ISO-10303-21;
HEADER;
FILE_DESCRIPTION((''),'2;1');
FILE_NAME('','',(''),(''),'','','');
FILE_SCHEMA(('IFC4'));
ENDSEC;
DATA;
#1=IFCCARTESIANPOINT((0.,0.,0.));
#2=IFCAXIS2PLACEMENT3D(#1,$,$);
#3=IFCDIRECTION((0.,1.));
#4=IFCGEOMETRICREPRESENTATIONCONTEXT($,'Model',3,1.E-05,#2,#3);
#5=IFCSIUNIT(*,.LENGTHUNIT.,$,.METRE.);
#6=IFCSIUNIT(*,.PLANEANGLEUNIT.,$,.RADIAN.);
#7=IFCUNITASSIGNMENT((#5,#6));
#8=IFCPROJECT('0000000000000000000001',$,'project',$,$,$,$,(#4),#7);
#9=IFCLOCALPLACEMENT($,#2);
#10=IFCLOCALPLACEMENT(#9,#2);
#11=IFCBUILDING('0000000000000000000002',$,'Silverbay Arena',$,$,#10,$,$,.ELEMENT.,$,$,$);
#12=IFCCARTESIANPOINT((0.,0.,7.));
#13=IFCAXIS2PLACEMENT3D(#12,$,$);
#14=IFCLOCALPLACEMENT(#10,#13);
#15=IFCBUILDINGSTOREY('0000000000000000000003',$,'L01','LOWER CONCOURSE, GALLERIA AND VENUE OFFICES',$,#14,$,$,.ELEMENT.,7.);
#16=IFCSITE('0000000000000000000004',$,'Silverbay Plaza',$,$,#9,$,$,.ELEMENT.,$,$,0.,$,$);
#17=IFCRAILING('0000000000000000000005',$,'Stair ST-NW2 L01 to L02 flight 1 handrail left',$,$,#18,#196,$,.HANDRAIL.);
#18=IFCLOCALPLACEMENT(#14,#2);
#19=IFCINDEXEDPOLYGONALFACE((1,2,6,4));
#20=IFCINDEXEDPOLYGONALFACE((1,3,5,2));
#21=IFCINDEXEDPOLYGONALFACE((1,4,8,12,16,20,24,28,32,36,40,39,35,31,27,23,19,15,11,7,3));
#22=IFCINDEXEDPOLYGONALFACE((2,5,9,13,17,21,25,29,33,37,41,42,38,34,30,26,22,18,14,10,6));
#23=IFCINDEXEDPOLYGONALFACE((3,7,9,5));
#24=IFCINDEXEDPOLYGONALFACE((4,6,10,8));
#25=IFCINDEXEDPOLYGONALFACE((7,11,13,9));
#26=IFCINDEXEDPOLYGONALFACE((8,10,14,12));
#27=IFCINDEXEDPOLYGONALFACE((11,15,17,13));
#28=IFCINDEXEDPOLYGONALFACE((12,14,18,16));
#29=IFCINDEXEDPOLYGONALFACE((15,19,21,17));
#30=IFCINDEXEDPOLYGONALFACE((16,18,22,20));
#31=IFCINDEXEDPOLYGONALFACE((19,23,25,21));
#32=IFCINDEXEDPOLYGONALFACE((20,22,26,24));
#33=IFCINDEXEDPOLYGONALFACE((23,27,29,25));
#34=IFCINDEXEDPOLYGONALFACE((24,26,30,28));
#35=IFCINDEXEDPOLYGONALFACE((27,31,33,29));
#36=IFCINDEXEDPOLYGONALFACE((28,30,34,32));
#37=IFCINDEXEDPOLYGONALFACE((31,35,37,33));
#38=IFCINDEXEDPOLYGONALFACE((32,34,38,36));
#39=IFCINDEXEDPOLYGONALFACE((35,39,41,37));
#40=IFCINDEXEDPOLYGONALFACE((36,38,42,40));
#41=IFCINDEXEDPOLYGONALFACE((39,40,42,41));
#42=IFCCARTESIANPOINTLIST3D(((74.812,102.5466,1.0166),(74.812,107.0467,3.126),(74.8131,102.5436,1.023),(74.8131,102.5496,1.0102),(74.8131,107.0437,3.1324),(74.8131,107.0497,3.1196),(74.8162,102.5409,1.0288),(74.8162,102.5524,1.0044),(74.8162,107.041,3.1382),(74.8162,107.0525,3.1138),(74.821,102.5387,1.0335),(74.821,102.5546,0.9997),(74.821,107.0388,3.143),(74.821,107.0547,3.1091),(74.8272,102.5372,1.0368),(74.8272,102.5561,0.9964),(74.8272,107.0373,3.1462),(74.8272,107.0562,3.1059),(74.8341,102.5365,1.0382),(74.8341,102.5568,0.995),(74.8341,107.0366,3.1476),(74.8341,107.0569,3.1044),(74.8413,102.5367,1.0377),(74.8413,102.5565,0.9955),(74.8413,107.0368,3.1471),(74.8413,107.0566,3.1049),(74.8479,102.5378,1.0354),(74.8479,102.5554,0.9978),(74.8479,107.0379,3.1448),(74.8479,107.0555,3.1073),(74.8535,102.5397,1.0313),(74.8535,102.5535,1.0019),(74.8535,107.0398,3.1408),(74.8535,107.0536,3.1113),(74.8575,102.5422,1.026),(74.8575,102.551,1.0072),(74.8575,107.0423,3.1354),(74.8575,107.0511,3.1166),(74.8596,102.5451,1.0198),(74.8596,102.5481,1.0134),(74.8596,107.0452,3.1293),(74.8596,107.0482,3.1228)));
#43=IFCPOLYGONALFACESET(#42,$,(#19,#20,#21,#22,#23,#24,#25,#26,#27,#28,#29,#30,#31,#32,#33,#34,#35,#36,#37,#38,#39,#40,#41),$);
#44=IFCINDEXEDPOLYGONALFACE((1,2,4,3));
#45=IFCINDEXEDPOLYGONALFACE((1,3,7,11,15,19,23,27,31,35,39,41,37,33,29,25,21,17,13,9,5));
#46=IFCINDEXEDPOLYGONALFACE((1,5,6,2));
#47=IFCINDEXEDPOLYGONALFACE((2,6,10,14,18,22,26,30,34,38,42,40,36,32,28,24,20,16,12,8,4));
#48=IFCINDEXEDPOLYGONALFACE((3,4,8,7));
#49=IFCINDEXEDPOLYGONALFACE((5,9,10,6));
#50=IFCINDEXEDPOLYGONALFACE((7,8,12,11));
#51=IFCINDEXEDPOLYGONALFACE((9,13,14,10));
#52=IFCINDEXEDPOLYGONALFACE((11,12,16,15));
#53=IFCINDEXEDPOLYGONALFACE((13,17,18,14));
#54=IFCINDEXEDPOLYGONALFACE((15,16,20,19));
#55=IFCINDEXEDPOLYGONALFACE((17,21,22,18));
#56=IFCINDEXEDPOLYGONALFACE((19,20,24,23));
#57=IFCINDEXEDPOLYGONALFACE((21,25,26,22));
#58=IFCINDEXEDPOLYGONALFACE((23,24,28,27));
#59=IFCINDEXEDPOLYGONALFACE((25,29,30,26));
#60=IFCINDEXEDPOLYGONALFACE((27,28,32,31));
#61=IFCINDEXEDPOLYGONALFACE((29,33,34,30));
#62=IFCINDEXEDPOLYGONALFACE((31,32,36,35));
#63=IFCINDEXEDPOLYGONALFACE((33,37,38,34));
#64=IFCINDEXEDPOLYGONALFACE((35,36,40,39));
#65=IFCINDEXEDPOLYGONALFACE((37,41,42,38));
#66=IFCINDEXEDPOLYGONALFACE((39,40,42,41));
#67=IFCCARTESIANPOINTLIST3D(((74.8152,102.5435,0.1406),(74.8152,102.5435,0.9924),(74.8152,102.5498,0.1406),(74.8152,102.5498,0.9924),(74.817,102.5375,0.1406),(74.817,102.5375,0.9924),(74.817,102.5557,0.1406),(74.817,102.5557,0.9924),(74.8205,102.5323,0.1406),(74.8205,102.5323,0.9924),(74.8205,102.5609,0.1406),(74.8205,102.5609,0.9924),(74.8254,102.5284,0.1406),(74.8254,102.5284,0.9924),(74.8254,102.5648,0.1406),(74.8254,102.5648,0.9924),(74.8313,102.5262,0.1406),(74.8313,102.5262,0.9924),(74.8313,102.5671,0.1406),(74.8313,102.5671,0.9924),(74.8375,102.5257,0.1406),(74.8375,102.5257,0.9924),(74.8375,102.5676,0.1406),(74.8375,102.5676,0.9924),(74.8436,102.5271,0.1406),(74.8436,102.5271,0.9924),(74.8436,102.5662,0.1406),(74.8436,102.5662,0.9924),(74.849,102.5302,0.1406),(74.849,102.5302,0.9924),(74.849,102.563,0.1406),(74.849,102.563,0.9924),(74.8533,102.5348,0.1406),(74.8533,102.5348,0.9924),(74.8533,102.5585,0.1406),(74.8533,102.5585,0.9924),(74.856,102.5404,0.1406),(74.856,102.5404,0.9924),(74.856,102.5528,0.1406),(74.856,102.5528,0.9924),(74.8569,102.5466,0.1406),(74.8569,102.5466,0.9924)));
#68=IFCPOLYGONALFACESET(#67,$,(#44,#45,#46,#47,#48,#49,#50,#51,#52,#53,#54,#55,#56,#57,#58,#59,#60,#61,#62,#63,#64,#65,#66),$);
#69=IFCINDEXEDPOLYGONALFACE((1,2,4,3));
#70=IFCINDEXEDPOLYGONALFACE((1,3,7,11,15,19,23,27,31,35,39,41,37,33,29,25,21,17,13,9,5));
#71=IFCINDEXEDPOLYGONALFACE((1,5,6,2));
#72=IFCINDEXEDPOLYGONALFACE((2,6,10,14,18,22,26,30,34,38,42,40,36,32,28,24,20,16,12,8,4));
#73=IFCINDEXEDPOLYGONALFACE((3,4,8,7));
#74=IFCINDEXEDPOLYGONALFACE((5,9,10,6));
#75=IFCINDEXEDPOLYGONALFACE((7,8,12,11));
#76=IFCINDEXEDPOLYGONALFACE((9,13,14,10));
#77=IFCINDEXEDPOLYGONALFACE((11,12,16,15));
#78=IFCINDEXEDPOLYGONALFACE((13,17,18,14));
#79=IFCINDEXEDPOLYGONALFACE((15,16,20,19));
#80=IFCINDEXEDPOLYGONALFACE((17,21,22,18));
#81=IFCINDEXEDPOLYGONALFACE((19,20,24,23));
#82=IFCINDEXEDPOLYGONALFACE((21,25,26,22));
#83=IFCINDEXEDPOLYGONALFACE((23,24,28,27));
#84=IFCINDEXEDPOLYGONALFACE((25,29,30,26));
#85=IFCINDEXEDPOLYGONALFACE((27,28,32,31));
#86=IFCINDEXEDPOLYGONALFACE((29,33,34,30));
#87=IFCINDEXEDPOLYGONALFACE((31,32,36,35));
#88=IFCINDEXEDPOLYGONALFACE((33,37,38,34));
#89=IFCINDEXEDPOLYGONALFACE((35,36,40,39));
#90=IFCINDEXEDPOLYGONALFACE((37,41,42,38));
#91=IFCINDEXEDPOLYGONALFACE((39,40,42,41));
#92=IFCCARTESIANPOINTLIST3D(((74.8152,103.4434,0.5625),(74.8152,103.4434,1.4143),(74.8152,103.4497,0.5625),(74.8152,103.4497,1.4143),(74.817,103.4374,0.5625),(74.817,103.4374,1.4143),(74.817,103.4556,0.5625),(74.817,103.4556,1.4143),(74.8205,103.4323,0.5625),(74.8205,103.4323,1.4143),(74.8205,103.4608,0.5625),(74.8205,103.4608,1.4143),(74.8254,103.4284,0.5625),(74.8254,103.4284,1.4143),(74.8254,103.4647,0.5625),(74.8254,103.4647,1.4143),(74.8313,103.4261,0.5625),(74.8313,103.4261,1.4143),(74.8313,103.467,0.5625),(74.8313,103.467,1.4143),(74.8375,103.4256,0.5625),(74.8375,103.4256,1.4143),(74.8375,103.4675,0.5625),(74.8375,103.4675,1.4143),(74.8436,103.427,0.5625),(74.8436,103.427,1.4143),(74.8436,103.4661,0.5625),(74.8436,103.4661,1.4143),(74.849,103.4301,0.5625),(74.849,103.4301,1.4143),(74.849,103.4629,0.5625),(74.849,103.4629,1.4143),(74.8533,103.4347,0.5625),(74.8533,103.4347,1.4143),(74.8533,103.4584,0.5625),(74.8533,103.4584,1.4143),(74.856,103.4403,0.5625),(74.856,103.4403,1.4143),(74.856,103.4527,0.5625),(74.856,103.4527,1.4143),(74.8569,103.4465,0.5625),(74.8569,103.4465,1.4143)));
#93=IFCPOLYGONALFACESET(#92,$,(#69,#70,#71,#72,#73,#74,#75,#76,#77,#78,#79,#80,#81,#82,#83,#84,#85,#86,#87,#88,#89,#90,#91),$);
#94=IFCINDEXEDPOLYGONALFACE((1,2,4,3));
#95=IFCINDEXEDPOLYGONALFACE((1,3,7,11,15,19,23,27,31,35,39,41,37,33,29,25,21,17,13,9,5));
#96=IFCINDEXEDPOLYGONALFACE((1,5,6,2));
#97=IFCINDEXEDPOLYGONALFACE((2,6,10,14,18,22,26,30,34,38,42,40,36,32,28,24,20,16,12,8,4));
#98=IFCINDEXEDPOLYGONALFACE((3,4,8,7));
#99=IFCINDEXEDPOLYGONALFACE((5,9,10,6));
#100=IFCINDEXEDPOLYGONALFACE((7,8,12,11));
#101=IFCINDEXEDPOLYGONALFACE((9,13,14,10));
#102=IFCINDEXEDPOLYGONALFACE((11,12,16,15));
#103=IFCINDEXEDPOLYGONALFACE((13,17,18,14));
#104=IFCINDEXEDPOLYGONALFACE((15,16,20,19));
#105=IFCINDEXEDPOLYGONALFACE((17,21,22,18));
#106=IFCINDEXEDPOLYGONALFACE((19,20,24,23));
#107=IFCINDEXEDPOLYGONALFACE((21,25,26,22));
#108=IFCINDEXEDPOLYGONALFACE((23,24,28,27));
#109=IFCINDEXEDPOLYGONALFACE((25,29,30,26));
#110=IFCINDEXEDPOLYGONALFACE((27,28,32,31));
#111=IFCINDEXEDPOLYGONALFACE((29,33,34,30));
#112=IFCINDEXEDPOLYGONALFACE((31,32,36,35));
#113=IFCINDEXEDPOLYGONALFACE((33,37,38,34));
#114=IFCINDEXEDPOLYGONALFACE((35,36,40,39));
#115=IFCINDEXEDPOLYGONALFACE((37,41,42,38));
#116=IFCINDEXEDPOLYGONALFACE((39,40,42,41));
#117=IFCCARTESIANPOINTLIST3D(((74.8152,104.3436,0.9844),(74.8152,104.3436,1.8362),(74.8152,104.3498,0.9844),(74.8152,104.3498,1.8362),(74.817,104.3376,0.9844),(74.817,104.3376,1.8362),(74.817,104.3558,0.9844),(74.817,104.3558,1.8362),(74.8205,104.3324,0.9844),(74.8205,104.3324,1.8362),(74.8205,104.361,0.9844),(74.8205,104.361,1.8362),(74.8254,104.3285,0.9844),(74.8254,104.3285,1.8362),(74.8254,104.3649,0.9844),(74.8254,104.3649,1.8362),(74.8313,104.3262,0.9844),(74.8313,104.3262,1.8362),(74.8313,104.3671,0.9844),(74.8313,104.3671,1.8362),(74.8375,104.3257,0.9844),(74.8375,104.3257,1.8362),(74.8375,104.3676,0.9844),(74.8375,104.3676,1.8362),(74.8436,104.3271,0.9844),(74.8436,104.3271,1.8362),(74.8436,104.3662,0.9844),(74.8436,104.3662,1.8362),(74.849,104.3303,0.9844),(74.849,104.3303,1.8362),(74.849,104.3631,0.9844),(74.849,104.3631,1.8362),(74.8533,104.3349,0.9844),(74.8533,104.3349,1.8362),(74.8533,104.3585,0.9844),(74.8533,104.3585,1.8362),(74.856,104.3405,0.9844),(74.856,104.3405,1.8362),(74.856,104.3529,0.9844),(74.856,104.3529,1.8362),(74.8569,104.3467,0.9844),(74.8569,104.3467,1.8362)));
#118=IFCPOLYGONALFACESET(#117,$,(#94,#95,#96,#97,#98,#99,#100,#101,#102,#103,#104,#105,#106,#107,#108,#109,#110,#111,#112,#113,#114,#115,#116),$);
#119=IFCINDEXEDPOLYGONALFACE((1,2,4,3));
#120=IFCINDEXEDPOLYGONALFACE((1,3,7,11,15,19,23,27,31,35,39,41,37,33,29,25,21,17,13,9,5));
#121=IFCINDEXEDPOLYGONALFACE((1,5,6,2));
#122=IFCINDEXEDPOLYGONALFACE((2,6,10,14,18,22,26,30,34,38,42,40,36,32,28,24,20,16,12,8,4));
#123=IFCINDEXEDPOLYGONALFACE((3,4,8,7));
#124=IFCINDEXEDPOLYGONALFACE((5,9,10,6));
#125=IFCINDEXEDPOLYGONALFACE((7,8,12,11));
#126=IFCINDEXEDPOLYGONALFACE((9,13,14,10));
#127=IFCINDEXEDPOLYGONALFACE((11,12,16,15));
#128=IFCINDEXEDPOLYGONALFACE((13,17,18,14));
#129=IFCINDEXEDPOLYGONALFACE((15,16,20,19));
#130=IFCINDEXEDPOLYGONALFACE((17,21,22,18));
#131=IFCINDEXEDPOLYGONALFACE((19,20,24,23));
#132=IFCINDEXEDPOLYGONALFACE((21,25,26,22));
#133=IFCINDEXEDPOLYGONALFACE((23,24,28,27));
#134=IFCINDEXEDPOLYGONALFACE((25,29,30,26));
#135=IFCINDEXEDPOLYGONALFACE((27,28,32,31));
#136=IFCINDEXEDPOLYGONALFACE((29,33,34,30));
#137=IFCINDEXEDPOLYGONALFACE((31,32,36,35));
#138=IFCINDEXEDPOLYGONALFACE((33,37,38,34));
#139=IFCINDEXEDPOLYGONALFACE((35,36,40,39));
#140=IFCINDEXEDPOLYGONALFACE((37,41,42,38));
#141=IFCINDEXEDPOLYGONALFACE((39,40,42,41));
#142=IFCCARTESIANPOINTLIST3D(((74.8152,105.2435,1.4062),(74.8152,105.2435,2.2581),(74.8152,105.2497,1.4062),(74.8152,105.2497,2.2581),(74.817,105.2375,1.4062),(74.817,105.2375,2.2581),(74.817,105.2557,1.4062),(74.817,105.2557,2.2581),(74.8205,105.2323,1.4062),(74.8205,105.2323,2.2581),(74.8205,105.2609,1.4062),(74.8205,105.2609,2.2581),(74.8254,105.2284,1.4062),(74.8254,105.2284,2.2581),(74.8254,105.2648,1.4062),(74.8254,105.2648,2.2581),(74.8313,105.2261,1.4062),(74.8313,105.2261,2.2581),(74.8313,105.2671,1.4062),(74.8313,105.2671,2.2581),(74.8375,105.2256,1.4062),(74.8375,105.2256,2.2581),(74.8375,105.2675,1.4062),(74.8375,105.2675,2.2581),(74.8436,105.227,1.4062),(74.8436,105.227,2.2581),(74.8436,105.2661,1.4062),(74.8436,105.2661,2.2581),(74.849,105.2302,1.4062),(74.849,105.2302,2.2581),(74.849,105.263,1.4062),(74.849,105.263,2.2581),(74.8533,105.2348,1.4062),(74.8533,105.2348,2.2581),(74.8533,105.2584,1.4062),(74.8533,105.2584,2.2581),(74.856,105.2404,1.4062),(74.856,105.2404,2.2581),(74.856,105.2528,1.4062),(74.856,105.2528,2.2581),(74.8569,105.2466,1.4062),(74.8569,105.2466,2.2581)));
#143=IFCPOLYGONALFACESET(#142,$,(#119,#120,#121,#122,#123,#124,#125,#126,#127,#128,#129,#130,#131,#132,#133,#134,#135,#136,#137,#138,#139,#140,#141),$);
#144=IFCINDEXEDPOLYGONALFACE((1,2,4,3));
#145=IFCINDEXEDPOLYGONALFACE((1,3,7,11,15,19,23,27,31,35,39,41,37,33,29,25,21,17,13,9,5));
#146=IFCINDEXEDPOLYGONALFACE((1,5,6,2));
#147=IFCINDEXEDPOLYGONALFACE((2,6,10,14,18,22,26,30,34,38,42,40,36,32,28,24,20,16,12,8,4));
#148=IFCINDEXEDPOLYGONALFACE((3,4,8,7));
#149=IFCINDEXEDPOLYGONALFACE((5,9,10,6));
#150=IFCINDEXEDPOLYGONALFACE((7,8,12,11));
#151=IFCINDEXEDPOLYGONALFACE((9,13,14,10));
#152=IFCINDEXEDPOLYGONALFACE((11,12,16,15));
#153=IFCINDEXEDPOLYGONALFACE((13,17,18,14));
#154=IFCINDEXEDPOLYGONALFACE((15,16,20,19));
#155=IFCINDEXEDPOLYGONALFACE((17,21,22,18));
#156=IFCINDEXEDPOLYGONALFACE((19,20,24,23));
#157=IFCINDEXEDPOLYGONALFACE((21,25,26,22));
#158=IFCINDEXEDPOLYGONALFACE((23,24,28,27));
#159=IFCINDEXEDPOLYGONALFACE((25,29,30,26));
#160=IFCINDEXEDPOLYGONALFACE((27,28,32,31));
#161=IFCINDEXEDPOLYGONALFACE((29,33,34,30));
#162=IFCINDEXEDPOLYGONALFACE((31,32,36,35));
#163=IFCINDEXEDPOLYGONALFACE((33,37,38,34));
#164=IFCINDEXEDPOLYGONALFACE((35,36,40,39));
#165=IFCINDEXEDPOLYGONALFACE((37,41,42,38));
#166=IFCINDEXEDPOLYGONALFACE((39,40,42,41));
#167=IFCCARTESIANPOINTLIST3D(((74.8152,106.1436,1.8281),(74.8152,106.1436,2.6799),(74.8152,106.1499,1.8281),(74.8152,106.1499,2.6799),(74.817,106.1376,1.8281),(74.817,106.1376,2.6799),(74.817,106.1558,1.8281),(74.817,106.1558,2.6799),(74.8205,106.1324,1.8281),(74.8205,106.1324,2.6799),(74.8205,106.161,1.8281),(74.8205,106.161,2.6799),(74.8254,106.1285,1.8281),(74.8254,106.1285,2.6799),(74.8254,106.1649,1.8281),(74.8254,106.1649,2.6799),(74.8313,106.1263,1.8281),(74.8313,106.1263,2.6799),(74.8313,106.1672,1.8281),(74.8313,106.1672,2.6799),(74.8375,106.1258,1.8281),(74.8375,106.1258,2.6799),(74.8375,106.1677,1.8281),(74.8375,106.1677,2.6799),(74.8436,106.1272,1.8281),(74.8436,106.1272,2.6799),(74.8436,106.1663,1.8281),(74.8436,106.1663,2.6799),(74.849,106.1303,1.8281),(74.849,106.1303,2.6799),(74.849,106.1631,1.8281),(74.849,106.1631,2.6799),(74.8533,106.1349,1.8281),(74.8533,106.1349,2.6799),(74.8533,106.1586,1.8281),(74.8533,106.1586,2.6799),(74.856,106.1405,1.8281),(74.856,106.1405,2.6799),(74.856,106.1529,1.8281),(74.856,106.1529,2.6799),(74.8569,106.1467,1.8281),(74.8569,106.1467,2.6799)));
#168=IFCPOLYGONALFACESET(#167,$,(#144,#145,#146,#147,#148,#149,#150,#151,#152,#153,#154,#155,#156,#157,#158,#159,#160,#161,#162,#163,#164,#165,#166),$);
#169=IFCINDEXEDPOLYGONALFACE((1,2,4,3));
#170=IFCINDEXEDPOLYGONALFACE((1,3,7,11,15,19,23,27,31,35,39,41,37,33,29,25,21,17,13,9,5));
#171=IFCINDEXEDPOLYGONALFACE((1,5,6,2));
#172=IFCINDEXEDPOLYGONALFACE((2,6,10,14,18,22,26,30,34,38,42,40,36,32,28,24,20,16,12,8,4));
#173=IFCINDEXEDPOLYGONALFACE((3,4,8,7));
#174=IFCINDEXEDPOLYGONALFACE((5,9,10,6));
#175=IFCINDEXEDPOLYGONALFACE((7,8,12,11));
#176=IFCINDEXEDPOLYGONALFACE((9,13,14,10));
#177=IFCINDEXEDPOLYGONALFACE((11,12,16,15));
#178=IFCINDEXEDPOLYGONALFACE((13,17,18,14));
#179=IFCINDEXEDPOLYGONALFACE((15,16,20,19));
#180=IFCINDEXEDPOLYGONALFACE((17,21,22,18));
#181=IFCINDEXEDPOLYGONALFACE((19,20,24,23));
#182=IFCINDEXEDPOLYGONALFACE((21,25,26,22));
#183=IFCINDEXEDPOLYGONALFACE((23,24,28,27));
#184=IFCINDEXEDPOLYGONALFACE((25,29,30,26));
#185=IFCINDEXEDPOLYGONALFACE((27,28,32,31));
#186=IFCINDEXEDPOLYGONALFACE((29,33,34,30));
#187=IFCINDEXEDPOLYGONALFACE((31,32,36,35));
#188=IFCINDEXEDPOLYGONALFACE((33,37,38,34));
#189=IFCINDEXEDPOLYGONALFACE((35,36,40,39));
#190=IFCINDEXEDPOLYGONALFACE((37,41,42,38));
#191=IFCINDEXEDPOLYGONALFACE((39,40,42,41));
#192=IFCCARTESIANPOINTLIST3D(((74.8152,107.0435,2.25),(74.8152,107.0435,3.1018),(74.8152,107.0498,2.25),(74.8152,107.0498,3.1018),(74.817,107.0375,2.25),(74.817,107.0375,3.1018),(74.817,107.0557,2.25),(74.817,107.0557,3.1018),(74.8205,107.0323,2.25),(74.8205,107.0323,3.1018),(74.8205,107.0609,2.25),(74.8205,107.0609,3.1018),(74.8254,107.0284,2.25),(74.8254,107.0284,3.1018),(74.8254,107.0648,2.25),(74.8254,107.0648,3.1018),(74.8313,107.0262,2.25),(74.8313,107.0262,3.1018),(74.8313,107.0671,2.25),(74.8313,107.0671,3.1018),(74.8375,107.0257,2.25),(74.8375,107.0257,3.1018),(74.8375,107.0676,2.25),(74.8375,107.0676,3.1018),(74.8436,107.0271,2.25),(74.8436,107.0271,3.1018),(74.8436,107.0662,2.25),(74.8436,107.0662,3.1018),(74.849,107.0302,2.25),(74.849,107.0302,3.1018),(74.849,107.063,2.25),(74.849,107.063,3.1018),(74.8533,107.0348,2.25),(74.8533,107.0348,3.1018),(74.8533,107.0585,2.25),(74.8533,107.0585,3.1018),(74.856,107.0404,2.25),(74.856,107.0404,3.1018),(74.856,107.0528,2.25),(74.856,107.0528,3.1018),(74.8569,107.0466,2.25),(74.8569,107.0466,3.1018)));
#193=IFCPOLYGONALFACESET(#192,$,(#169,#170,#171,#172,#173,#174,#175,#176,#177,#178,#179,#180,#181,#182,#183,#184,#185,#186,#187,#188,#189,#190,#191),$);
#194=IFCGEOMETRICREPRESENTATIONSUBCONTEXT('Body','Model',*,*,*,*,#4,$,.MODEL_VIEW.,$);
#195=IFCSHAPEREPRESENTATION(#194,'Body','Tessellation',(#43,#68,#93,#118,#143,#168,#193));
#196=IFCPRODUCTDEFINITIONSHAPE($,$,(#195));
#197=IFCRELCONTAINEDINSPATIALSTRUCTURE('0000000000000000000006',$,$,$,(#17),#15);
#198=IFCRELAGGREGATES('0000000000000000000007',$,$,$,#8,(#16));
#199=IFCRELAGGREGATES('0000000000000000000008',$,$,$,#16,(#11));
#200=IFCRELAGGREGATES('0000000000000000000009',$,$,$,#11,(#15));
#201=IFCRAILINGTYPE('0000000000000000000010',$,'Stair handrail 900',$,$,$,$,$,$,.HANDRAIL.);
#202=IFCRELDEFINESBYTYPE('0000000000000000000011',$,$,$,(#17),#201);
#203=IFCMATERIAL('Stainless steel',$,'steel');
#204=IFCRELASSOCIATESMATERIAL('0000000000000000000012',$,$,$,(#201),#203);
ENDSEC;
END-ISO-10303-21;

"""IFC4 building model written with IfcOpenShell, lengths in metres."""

from ifc_helpers import new_model, si_unit, direction, frame, origin, origin_2d, place, context, subcontext, project, spatial, circle, extrude, material, type_object, element, save


model = new_model("IFC4")

# Units and contexts
model_context = context("Model", 3, precision=1e-05, world=origin(), true_north=direction((0.0, 1.0)))
body_context = subcontext(model_context, "Body", "Model", "MODEL_VIEW")
ifc_project = project(units=[si_unit("LENGTHUNIT", "METRE"), si_unit("PLANEANGLEUNIT", "RADIAN")], contexts=[model_context])

# Site, building, storey
site_placement = place(None, origin())
site = spatial("IfcSite", under=ifc_project, at=site_placement, Name="Silverbay Plaza", CompositionType="ELEMENT", RefElevation=0.0)
building_placement = place(site_placement, origin())
building = spatial("IfcBuilding", under=site, at=building_placement, Name="Silverbay Arena", CompositionType="ELEMENT")
storey_placement = place(building_placement, frame((0.0, 0.0, 7.0)))
storey = spatial("IfcBuildingStorey", under=building, at=storey_placement, Name="L01", Description="LOWER CONCOURSE, GALLERIA AND VENUE OFFICES", CompositionType="ELEMENT", Elevation=7.0)

# Railing
ifc_material_1 = material(Name="Stainless steel", Category="steel")
railing_type_1 = type_object("IfcRailingType", Name="Stair handrail 900", PredefinedType="HANDRAIL", material=ifc_material_1)
for number, where, name in (
    (1, (74.8359, 102.5466, 0.1406), "Stair ST-NW2 L01 to L02 flight 1 handrail left"),
):
    element("IfcRailing", number, at=place(storey_placement, frame(where)), inside=storey, type_object=railing_type_1, Name=name, PredefinedType="HANDRAIL", context=body_context, shape_type="SweptSolid", body=[
        extrude(circle(Radius=0.0239, at=origin_2d()), frame((0.0, 0.0, 0.876), z_axis=(0.0, 0.905459, 0.424434), x_axis=(-1.0, 0.0, 0.0)), (0.0, 0.0, 1.0), 4.97),
        extrude(circle(Radius=0.021, at=origin_2d()), origin(), (0.0, 0.0, 1.0), 0.8518),
        extrude(circle(Radius=0.021, at=origin_2d()), frame((0.0, 0.8999, 0.4219)), (0.0, 0.0, 1.0), 0.8518),
        extrude(circle(Radius=0.021, at=origin_2d()), frame((0.0, 1.8, 0.8438)), (0.0, 0.0, 1.0), 0.8518),
        extrude(circle(Radius=0.021, at=origin_2d()), frame((0.0, 2.7, 1.2656)), (0.0, 0.0, 1.0), 0.8518),
        extrude(circle(Radius=0.021, at=origin_2d()), frame((0.0, 3.6001, 1.6875)), (0.0, 0.0, 1.0), 0.8518),
        extrude(circle(Radius=0.021, at=origin_2d()), frame((0.0, 4.5, 2.1094)), (0.0, 0.0, 1.0), 0.8518),
    ])

save(model, "model.ifc")
